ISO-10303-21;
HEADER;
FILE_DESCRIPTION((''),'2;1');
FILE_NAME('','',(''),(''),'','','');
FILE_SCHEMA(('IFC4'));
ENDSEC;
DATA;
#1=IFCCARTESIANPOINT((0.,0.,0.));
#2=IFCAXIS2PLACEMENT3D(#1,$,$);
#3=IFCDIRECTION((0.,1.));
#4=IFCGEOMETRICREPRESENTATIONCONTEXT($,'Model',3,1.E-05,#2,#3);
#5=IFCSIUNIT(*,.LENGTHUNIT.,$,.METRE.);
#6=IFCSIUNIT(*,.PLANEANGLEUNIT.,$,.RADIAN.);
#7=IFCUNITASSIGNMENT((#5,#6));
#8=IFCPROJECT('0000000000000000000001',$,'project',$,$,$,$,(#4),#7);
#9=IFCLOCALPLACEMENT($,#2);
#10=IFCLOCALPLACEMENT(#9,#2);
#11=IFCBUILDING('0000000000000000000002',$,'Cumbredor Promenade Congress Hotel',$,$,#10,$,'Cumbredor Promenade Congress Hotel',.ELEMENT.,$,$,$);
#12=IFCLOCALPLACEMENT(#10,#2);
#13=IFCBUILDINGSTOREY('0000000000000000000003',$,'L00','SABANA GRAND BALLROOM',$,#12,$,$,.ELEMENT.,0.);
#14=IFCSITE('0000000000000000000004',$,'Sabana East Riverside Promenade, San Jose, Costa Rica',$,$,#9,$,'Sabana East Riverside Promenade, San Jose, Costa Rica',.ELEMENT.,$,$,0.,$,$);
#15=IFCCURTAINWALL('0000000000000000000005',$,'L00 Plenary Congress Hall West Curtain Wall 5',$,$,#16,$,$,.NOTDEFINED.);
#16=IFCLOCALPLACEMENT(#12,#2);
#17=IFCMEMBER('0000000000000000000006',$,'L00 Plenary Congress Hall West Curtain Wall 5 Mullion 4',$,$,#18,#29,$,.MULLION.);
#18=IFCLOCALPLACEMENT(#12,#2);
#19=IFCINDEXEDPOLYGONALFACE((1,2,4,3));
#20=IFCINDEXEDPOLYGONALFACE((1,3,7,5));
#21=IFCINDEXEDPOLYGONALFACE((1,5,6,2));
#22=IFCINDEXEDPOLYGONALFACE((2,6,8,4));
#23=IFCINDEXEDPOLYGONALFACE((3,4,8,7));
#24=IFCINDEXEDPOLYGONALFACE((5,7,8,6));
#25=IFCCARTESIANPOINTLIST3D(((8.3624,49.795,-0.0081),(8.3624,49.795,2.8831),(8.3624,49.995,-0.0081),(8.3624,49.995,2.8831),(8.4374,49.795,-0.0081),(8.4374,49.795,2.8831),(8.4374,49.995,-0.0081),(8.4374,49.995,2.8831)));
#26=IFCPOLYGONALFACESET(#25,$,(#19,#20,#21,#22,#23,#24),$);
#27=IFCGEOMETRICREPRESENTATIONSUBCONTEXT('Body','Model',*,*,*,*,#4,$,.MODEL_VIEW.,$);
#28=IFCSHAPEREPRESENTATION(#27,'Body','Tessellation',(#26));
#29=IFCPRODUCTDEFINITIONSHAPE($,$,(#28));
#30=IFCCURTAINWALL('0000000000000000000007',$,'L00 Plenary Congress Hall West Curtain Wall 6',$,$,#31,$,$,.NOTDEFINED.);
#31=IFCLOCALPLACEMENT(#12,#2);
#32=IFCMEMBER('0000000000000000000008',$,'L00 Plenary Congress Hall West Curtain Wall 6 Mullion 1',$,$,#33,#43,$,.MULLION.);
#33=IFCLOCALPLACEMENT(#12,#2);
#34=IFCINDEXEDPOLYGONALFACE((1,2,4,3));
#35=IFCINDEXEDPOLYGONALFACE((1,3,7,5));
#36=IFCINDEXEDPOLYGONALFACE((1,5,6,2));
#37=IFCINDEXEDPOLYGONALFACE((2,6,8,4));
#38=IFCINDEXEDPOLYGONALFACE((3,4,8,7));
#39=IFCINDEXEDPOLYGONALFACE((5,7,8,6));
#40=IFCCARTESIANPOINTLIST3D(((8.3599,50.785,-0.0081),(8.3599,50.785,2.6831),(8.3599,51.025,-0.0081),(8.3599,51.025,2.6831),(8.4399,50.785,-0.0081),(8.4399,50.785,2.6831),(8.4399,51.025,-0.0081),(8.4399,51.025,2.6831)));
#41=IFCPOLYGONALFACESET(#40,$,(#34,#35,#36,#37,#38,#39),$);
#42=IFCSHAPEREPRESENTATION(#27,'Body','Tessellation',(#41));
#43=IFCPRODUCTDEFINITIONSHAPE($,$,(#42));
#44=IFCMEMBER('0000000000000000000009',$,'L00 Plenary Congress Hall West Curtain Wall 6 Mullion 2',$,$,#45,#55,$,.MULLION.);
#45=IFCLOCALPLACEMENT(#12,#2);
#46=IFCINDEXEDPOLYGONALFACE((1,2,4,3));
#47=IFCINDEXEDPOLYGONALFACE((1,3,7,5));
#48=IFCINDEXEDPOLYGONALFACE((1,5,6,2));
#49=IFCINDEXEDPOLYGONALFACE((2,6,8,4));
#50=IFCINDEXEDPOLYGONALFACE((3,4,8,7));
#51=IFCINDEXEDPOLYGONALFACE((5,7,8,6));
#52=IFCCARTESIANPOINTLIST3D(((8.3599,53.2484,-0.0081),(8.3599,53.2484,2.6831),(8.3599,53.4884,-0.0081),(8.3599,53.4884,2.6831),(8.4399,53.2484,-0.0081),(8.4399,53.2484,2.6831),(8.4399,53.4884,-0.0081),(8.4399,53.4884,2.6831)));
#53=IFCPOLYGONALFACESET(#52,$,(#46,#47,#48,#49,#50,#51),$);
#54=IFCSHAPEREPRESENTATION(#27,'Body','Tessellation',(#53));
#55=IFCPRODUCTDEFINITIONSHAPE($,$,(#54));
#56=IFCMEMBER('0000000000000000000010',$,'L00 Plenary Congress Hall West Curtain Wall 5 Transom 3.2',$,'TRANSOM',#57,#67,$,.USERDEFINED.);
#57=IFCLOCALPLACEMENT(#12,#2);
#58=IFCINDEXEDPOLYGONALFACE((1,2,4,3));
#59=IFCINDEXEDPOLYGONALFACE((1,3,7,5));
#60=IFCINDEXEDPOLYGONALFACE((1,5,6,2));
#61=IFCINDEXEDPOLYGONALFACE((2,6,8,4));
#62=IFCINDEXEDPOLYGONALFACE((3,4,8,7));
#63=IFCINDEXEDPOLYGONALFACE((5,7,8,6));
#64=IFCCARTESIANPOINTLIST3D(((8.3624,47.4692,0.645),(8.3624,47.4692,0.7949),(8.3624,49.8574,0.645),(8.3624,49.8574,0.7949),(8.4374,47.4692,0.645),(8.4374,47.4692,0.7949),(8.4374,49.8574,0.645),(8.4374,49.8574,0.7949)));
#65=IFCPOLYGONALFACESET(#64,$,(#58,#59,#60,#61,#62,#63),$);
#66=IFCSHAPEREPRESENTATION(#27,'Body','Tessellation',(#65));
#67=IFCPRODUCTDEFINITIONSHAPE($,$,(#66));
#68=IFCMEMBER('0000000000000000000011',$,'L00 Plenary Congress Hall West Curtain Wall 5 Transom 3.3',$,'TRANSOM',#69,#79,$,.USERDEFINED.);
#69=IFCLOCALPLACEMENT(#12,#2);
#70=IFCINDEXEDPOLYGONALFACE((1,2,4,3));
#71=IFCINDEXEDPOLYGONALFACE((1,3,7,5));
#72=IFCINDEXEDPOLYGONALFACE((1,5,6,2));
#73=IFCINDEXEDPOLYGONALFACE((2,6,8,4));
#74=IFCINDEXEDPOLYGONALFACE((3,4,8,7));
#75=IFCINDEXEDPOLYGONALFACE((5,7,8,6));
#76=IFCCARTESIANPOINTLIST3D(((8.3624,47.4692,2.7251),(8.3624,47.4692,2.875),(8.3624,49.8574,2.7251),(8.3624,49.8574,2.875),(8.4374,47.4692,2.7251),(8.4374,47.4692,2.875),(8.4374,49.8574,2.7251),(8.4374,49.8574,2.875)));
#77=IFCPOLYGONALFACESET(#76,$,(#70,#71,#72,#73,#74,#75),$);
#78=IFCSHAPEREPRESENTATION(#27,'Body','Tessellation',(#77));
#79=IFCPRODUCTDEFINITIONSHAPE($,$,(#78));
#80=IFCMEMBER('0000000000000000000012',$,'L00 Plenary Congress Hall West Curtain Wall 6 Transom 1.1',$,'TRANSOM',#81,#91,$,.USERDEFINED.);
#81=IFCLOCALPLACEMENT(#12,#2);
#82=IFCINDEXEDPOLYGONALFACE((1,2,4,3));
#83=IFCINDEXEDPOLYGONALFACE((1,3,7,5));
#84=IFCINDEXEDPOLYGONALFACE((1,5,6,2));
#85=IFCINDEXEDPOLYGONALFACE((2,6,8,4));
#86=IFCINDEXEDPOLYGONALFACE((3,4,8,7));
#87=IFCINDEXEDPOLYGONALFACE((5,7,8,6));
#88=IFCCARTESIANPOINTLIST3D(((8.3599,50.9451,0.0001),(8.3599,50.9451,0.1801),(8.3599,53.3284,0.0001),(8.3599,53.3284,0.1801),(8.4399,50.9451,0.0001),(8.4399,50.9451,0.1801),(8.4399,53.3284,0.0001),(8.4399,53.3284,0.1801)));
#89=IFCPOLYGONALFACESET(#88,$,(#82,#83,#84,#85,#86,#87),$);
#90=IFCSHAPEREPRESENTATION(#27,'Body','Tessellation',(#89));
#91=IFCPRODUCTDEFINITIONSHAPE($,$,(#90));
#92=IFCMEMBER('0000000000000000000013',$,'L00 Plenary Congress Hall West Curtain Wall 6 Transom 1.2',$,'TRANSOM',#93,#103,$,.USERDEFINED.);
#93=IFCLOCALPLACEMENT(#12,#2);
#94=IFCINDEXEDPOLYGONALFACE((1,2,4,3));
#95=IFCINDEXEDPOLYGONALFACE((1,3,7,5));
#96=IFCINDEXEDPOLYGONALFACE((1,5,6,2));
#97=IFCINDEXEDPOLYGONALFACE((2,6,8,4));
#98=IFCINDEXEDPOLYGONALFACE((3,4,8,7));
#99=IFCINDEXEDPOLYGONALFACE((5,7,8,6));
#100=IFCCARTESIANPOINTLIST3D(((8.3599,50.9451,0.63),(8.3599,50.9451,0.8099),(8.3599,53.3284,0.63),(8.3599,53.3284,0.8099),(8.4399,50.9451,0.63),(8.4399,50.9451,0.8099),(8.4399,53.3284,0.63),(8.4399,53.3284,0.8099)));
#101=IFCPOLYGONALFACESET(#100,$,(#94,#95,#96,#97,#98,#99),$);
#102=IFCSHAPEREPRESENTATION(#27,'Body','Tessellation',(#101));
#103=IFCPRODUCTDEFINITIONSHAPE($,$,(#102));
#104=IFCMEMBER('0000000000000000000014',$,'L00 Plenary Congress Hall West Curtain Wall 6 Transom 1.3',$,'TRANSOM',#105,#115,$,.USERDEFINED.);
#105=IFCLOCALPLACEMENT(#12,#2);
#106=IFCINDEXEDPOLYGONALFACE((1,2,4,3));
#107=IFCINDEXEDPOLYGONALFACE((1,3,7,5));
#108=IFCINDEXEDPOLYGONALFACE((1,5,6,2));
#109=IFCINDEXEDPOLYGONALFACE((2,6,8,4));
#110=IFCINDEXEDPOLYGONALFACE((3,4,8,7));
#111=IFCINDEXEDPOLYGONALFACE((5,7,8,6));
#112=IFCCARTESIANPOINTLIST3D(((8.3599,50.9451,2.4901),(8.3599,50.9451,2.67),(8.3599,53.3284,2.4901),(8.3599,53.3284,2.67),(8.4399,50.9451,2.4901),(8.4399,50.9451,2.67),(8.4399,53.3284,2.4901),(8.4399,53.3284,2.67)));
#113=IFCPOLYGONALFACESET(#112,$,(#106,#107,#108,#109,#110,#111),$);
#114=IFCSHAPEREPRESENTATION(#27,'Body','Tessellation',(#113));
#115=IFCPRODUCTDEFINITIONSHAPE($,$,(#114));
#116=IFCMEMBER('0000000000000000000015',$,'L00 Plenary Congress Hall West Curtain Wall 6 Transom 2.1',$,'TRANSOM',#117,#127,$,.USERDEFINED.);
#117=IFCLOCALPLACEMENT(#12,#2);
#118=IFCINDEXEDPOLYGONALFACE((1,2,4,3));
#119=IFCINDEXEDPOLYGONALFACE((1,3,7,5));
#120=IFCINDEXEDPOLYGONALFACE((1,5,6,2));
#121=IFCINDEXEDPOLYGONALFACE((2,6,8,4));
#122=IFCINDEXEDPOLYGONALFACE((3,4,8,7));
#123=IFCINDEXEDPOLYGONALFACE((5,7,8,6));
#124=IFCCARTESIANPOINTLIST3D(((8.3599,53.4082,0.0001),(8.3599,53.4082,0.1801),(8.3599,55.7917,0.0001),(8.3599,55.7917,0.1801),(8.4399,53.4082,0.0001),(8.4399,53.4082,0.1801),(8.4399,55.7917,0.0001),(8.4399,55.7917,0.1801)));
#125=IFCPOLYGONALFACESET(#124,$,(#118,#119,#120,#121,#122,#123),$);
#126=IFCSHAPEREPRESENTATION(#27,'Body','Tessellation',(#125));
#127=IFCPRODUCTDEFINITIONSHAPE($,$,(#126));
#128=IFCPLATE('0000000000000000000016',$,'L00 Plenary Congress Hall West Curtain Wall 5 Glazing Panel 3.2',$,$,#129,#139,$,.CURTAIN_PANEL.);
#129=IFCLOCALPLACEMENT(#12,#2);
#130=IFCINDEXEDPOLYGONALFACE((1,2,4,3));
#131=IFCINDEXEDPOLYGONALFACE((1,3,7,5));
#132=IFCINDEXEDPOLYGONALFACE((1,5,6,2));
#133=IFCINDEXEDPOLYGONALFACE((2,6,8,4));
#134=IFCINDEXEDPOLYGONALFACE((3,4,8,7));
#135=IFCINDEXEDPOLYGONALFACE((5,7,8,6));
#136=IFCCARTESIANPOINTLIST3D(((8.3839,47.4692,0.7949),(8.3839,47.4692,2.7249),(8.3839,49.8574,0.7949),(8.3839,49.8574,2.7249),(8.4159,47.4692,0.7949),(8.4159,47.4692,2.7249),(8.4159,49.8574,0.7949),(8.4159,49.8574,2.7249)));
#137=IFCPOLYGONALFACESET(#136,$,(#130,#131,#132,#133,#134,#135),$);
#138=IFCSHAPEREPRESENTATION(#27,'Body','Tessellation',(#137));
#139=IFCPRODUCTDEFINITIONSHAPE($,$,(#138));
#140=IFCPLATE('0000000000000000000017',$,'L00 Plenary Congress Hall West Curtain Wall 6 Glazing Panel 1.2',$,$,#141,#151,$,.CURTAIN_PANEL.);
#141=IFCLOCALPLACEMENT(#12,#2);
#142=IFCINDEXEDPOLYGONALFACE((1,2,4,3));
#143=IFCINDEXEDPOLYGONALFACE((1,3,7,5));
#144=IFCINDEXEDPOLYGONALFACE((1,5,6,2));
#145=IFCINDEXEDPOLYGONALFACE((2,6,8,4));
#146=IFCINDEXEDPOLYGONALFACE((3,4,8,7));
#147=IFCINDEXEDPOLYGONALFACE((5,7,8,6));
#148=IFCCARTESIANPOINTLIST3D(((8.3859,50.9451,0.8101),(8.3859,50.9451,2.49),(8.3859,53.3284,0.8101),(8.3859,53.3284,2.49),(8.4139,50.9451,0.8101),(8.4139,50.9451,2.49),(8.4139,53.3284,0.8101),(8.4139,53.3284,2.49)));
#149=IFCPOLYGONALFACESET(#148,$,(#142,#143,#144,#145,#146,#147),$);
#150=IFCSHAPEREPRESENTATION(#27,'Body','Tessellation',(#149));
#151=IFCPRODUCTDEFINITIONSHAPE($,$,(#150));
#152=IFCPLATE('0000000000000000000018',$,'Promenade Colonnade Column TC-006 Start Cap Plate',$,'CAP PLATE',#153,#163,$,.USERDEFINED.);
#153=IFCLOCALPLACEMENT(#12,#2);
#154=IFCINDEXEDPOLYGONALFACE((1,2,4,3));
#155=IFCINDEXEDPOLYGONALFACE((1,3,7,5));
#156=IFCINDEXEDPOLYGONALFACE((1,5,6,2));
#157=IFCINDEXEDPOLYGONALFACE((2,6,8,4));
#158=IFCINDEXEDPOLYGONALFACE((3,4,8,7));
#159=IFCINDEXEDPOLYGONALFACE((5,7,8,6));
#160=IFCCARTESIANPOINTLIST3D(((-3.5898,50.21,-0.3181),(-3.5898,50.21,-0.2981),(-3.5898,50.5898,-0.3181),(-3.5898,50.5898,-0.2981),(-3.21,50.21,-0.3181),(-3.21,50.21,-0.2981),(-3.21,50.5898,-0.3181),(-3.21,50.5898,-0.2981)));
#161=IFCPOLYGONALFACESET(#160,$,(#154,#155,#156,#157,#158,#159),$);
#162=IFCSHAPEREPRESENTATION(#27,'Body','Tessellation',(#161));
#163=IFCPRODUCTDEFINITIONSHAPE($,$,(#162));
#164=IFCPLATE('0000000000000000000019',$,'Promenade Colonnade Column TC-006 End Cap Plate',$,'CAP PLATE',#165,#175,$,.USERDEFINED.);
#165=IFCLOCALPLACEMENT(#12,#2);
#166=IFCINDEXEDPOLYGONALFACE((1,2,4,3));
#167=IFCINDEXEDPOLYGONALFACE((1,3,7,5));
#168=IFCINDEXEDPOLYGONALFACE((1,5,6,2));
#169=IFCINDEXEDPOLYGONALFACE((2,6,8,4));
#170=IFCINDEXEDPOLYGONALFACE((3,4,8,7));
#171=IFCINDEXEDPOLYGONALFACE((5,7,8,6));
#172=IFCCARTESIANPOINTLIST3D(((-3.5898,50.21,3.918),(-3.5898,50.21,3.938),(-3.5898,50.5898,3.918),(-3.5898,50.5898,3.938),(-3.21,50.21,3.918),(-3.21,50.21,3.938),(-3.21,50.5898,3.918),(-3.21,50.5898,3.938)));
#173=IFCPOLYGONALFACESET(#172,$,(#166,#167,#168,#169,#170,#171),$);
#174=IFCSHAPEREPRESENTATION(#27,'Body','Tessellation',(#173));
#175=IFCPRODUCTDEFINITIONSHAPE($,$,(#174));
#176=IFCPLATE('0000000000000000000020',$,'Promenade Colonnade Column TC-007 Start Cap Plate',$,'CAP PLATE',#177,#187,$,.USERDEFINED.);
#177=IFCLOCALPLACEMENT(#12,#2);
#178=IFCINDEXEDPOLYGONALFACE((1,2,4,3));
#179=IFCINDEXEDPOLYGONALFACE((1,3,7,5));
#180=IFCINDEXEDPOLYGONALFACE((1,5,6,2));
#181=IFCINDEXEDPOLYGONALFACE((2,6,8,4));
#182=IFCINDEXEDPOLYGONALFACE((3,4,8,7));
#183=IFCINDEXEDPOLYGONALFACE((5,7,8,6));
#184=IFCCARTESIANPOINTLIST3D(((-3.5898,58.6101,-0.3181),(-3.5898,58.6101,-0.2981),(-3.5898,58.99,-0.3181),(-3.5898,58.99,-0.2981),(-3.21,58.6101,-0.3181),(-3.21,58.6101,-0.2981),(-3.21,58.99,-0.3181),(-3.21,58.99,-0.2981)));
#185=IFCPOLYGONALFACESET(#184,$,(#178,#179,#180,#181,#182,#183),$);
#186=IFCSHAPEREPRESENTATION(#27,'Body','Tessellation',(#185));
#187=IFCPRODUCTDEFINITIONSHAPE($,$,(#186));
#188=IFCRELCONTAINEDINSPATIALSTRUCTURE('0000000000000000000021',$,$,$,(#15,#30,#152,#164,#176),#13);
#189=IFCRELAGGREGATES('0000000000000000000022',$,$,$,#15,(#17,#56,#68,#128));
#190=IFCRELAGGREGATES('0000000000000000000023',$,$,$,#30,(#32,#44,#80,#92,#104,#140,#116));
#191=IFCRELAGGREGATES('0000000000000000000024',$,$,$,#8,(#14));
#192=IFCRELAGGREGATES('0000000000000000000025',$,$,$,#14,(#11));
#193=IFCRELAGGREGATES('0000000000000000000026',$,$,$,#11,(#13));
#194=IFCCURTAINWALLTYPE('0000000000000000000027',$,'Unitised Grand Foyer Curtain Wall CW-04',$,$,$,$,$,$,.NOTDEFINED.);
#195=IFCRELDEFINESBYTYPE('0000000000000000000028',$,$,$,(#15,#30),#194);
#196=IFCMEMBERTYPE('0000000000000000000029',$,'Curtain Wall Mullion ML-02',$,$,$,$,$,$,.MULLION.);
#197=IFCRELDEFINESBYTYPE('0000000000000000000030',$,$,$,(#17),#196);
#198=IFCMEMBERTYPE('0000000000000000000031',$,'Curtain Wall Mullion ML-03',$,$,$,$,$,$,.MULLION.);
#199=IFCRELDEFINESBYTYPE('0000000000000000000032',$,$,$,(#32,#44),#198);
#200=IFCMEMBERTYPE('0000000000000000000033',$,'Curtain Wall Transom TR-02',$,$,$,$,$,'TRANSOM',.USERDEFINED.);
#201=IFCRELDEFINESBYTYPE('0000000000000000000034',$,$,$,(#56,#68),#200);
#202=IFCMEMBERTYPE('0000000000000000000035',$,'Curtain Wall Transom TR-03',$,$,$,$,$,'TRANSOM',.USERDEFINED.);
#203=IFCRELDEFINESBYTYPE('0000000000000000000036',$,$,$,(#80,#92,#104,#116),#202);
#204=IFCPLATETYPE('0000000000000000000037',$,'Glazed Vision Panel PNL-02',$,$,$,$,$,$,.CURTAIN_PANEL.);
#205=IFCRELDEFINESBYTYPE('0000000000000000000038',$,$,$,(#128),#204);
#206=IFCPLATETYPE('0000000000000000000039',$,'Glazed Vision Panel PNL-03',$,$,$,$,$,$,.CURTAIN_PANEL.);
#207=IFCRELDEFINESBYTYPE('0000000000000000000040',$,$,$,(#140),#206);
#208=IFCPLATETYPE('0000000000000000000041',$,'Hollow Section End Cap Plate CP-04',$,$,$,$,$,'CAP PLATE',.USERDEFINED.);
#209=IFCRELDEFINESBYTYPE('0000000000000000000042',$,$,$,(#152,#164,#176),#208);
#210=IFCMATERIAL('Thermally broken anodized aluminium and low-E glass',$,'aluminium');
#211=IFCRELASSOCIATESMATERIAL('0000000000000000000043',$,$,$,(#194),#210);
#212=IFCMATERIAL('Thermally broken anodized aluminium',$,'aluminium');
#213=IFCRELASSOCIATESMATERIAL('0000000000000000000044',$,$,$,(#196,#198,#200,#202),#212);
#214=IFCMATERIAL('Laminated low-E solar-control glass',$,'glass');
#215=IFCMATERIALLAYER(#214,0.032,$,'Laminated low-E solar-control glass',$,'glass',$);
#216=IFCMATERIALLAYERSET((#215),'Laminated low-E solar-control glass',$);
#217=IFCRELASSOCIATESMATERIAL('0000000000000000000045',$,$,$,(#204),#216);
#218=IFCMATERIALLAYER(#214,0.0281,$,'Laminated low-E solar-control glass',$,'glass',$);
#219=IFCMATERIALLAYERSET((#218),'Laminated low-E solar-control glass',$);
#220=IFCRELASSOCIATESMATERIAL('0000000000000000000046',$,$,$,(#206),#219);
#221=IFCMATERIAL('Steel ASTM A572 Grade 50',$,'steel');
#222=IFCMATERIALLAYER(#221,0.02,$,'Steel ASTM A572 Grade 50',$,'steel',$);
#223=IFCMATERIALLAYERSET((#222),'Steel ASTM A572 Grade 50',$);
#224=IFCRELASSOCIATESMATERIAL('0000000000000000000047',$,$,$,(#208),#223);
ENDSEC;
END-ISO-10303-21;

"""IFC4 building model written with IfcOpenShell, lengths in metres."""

from ifc_helpers import new_model, si_unit, direction, frame, origin, origin_2d, place, context, subcontext, project, spatial, rectangle, extrude, material, layer, layer_set, material_profile, profile_set, type_object, element, aggregate, save


model = new_model("IFC4")

# Units and contexts
model_context = context("Model", 3, precision=1e-05, world=origin(), true_north=direction((0.0, 1.0)))
body_context = subcontext(model_context, "Body", "Model", "MODEL_VIEW")
ifc_project = project(units=[si_unit("LENGTHUNIT", "METRE"), si_unit("PLANEANGLEUNIT", "RADIAN")], contexts=[model_context])

# Site, building, storey
site_placement = place(None, origin())
site = spatial("IfcSite", under=ifc_project, at=site_placement, Name="Sabana East Riverside Promenade, San Jose, Costa Rica", LongName="Sabana East Riverside Promenade, San Jose, Costa Rica", CompositionType="ELEMENT", RefElevation=0.0)
building_placement = place(site_placement, origin())
building = spatial("IfcBuilding", under=site, at=building_placement, Name="Cumbredor Promenade Congress Hotel", LongName="Cumbredor Promenade Congress Hotel", CompositionType="ELEMENT")
storey_placement = place(building_placement, origin())
storey = spatial("IfcBuildingStorey", under=building, at=storey_placement, Name="L00", Description="SABANA GRAND BALLROOM", CompositionType="ELEMENT", Elevation=0.0)

# Curtain wall, member
ifc_material_1 = material(Name="Thermally broken anodized aluminium and low-E glass", Category="aluminium")
curtain_wall_type = type_object("IfcCurtainWallType", Name="Unitised Grand Foyer Curtain Wall CW-04", PredefinedType="NOTDEFINED", material=ifc_material_1)
curtain_wall_1_placement = place(storey_placement, origin())
curtain_wall_1 = element("IfcCurtainWall", 1, at=curtain_wall_1_placement, inside=storey, type_object=curtain_wall_type, Name="L00 Plenary Congress Hall West Curtain Wall 5", PredefinedType="NOTDEFINED")
ifc_material_2 = material(Name="Thermally broken anodized aluminium", Category="aluminium")
ifc_material_profile_1 = material_profile(ifc_material_2, rectangle(XDim=0.075, YDim=0.2, at=origin_2d()), Name="ALU MULLION 75x200")
ifc_profile_set_1 = profile_set([ifc_material_profile_1], Name="Thermally broken anodized aluminium")
member_type_1 = type_object("IfcMemberType", Name="Curtain Wall Mullion ML-02", PredefinedType="MULLION", material=ifc_profile_set_1)
member_1_placement = place(storey_placement, frame((8.3999, 49.895, -0.0081), z_axis=(0.0, 0.0, 1.0), x_axis=(1.0, 0.0, 0.0)))
member_1 = element("IfcMember", 2, at=member_1_placement, type_object=member_type_1, Name="L00 Plenary Congress Hall West Curtain Wall 5 Mullion 4", PredefinedType="MULLION", context=body_context, shape_type="SweptSolid", body=[
    extrude(rectangle(XDim=0.075, YDim=0.2, at=origin_2d()), origin(), (0.0, 0.0, 1.0), 2.8911),
])

# Curtain wall, members
curtain_wall_2_placement = place(storey_placement, origin())
curtain_wall_2 = element("IfcCurtainWall", 3, at=curtain_wall_2_placement, inside=storey, type_object=curtain_wall_type, Name="L00 Plenary Congress Hall West Curtain Wall 6", PredefinedType="NOTDEFINED")
ifc_material_profile_2 = material_profile(ifc_material_2, rectangle(XDim=0.0801, YDim=0.24, at=origin_2d()), Name="ALU MULLION 80x240")
ifc_profile_set_2 = profile_set([ifc_material_profile_2], Name="Thermally broken anodized aluminium")
member_type_2 = type_object("IfcMemberType", Name="Curtain Wall Mullion ML-03", PredefinedType="MULLION", material=ifc_profile_set_2)
member_2_placement = place(storey_placement, frame((8.3999, 50.905, -0.0081), z_axis=(0.0, 0.0, 1.0), x_axis=(1.0, 0.0, 0.0)))
member_2 = element("IfcMember", 4, at=member_2_placement, type_object=member_type_2, Name="L00 Plenary Congress Hall West Curtain Wall 6 Mullion 1", PredefinedType="MULLION", context=body_context, shape_type="SweptSolid", body=[
    extrude(rectangle(XDim=0.0801, YDim=0.24, at=origin_2d()), origin(), (0.0, 0.0, 1.0), 2.6912),
])
member_3_placement = place(storey_placement, frame((8.3999, 53.3684, -0.0081), z_axis=(0.0, 0.0, 1.0), x_axis=(1.0, 0.0, 0.0)))
member_3 = element("IfcMember", 5, at=member_3_placement, type_object=member_type_2, Name="L00 Plenary Congress Hall West Curtain Wall 6 Mullion 2", PredefinedType="MULLION", context=body_context, shape_type="SweptSolid", body=[
    extrude(rectangle(XDim=0.0801, YDim=0.24, at=origin_2d()), origin(), (0.0, 0.0, 1.0), 2.6912),
])

# Members
ifc_material_profile_3 = material_profile(ifc_material_2, rectangle(XDim=0.075, YDim=0.1499, at=origin_2d()), Name="ALU TRANSOM 75x150")
ifc_profile_set_3 = profile_set([ifc_material_profile_3], Name="Thermally broken anodized aluminium")
member_type_3 = type_object("IfcMemberType", Name="Curtain Wall Transom TR-02", ElementType="TRANSOM", PredefinedType="USERDEFINED", material=ifc_profile_set_3)
member_4_placement = place(storey_placement, frame((8.3999, 47.4692, 0.72), z_axis=(0.0, 1.0, 0.0), x_axis=(-1.0, 0.0, 0.0)))
member_4 = element("IfcMember", 6, at=member_4_placement, type_object=member_type_3, Name="L00 Plenary Congress Hall West Curtain Wall 5 Transom 3.2", ObjectType="TRANSOM", PredefinedType="USERDEFINED", context=body_context, shape_type="SweptSolid", body=[
    extrude(rectangle(XDim=0.075, YDim=0.1499, at=origin_2d()), origin(), (0.0, 0.0, 1.0), 2.3882),
])
member_5_placement = place(storey_placement, frame((8.3999, 47.4692, 2.8), z_axis=(0.0, 1.0, 0.0), x_axis=(-1.0, 0.0, 0.0)))
member_5 = element("IfcMember", 7, at=member_5_placement, type_object=member_type_3, Name="L00 Plenary Congress Hall West Curtain Wall 5 Transom 3.3", ObjectType="TRANSOM", PredefinedType="USERDEFINED", context=body_context, shape_type="SweptSolid", body=[
    extrude(rectangle(XDim=0.075, YDim=0.1499, at=origin_2d()), origin(), (0.0, 0.0, 1.0), 2.3882),
])
ifc_material_profile_4 = material_profile(ifc_material_2, rectangle(XDim=0.0801, YDim=0.1799, at=origin_2d()), Name="ALU TRANSOM 80x180")
ifc_profile_set_4 = profile_set([ifc_material_profile_4], Name="Thermally broken anodized aluminium")
member_type_4 = type_object("IfcMemberType", Name="Curtain Wall Transom TR-03", ElementType="TRANSOM", PredefinedType="USERDEFINED", material=ifc_profile_set_4)
member_6_placement = place(storey_placement, frame((8.3999, 50.9451, 0.0901), z_axis=(0.0, 1.0, 0.0), x_axis=(-1.0, 0.0, 0.0)))
member_6 = element("IfcMember", 8, at=member_6_placement, type_object=member_type_4, Name="L00 Plenary Congress Hall West Curtain Wall 6 Transom 1.1", ObjectType="TRANSOM", PredefinedType="USERDEFINED", context=body_context, shape_type="SweptSolid", body=[
    extrude(rectangle(XDim=0.0801, YDim=0.1799, at=origin_2d()), origin(), (0.0, 0.0, 1.0), 2.3833),
])
member_7_placement = place(storey_placement, frame((8.3999, 50.9451, 0.72), z_axis=(0.0, 1.0, 0.0), x_axis=(-1.0, 0.0, 0.0)))
member_7 = element("IfcMember", 9, at=member_7_placement, type_object=member_type_4, Name="L00 Plenary Congress Hall West Curtain Wall 6 Transom 1.2", ObjectType="TRANSOM", PredefinedType="USERDEFINED", context=body_context, shape_type="SweptSolid", body=[
    extrude(rectangle(XDim=0.0801, YDim=0.1799, at=origin_2d()), origin(), (0.0, 0.0, 1.0), 2.3833),
])
member_8_placement = place(storey_placement, frame((8.3999, 50.9451, 2.5801), z_axis=(0.0, 1.0, 0.0), x_axis=(-1.0, 0.0, 0.0)))
member_8 = element("IfcMember", 10, at=member_8_placement, type_object=member_type_4, Name="L00 Plenary Congress Hall West Curtain Wall 6 Transom 1.3", ObjectType="TRANSOM", PredefinedType="USERDEFINED", context=body_context, shape_type="SweptSolid", body=[
    extrude(rectangle(XDim=0.0801, YDim=0.1799, at=origin_2d()), origin(), (0.0, 0.0, 1.0), 2.3833),
])
member_9_placement = place(storey_placement, frame((8.3999, 53.4082, 0.0901), z_axis=(0.0, 1.0, 0.0), x_axis=(-1.0, 0.0, 0.0)))
member_9 = element("IfcMember", 11, at=member_9_placement, type_object=member_type_4, Name="L00 Plenary Congress Hall West Curtain Wall 6 Transom 2.1", ObjectType="TRANSOM", PredefinedType="USERDEFINED", context=body_context, shape_type="SweptSolid", body=[
    extrude(rectangle(XDim=0.0801, YDim=0.1799, at=origin_2d()), origin(), (0.0, 0.0, 1.0), 2.3835),
])

# Plates
ifc_material_3 = material(Name="Laminated low-E solar-control glass", Category="glass")
ifc_layer_1 = layer(ifc_material_3, 0.032, Name="Laminated low-E solar-control glass", Category="glass")
ifc_layer_set_1 = layer_set([ifc_layer_1], Name="Laminated low-E solar-control glass")
plate_type_1 = type_object("IfcPlateType", Name="Glazed Vision Panel PNL-02", PredefinedType="CURTAIN_PANEL", material=ifc_layer_set_1)
plate_1_placement = place(storey_placement, frame((8.3999, 48.6633, 0.7949), z_axis=(0.0, 0.0, 1.0), x_axis=(0.0, 1.0, 0.0)))
plate_1 = element("IfcPlate", 12, at=plate_1_placement, type_object=plate_type_1, Name="L00 Plenary Congress Hall West Curtain Wall 5 Glazing Panel 3.2", PredefinedType="CURTAIN_PANEL", context=body_context, shape_type="SweptSolid", body=[
    extrude(rectangle(XDim=2.3882, YDim=0.032, at=origin_2d()), origin(), (0.0, 0.0, 1.0), 1.9299),
])
ifc_layer_2 = layer(ifc_material_3, 0.0281, Name="Laminated low-E solar-control glass", Category="glass")
ifc_layer_set_2 = layer_set([ifc_layer_2], Name="Laminated low-E solar-control glass")
plate_type_2 = type_object("IfcPlateType", Name="Glazed Vision Panel PNL-03", PredefinedType="CURTAIN_PANEL", material=ifc_layer_set_2)
plate_2_placement = place(storey_placement, frame((8.3999, 52.1367, 0.8101), z_axis=(0.0, 0.0, 1.0), x_axis=(0.0, 1.0, 0.0)))
plate_2 = element("IfcPlate", 13, at=plate_2_placement, type_object=plate_type_2, Name="L00 Plenary Congress Hall West Curtain Wall 6 Glazing Panel 1.2", PredefinedType="CURTAIN_PANEL", context=body_context, shape_type="SweptSolid", body=[
    extrude(rectangle(XDim=2.3833, YDim=0.0281, at=origin_2d()), origin(), (0.0, 0.0, 1.0), 1.6799),
])

# Plates
ifc_material_4 = material(Name="Steel ASTM A572 Grade 50", Category="steel")
ifc_layer_3 = layer(ifc_material_4, 0.02, Name="Steel ASTM A572 Grade 50", Category="steel")
ifc_layer_set_3 = layer_set([ifc_layer_3], Name="Steel ASTM A572 Grade 50")
plate_type_3 = type_object("IfcPlateType", Name="Hollow Section End Cap Plate CP-04", ElementType="CAP PLATE", PredefinedType="USERDEFINED", material=ifc_layer_set_3)
for number, where, z_axis, x_axis, name in (
    (14, (-3.3999, 50.3999, -0.3181), (0.0, 0.0, 1.0), (1.0, 0.0, 0.0), "Promenade Colonnade Column TC-006 Start Cap Plate"),
    (15, (-3.3999, 50.3999, 3.918), (0.0, 0.0, 1.0), (1.0, 0.0, 0.0), "Promenade Colonnade Column TC-006 End Cap Plate"),
    (16, (-3.3999, 58.8, -0.3181), (0.0, 0.0, 1.0), (1.0, 0.0, 0.0), "Promenade Colonnade Column TC-007 Start Cap Plate"),
):
    element("IfcPlate", number, at=place(storey_placement, frame(where, z_axis=z_axis, x_axis=x_axis)), inside=storey, type_object=plate_type_3, Name=name, ObjectType="CAP PLATE", PredefinedType="USERDEFINED", context=body_context, shape_type="SweptSolid", body=[
        extrude(rectangle(XDim=0.3799, YDim=0.3799, at=origin_2d()), origin(), (0.0, 0.0, 1.0), 0.02),
    ])

aggregate(curtain_wall_1, [member_1, member_4, member_5, plate_1])
aggregate(curtain_wall_2, [member_2, member_3, member_6, member_7, member_8, plate_2, member_9])

save(model, "model.ifc")
